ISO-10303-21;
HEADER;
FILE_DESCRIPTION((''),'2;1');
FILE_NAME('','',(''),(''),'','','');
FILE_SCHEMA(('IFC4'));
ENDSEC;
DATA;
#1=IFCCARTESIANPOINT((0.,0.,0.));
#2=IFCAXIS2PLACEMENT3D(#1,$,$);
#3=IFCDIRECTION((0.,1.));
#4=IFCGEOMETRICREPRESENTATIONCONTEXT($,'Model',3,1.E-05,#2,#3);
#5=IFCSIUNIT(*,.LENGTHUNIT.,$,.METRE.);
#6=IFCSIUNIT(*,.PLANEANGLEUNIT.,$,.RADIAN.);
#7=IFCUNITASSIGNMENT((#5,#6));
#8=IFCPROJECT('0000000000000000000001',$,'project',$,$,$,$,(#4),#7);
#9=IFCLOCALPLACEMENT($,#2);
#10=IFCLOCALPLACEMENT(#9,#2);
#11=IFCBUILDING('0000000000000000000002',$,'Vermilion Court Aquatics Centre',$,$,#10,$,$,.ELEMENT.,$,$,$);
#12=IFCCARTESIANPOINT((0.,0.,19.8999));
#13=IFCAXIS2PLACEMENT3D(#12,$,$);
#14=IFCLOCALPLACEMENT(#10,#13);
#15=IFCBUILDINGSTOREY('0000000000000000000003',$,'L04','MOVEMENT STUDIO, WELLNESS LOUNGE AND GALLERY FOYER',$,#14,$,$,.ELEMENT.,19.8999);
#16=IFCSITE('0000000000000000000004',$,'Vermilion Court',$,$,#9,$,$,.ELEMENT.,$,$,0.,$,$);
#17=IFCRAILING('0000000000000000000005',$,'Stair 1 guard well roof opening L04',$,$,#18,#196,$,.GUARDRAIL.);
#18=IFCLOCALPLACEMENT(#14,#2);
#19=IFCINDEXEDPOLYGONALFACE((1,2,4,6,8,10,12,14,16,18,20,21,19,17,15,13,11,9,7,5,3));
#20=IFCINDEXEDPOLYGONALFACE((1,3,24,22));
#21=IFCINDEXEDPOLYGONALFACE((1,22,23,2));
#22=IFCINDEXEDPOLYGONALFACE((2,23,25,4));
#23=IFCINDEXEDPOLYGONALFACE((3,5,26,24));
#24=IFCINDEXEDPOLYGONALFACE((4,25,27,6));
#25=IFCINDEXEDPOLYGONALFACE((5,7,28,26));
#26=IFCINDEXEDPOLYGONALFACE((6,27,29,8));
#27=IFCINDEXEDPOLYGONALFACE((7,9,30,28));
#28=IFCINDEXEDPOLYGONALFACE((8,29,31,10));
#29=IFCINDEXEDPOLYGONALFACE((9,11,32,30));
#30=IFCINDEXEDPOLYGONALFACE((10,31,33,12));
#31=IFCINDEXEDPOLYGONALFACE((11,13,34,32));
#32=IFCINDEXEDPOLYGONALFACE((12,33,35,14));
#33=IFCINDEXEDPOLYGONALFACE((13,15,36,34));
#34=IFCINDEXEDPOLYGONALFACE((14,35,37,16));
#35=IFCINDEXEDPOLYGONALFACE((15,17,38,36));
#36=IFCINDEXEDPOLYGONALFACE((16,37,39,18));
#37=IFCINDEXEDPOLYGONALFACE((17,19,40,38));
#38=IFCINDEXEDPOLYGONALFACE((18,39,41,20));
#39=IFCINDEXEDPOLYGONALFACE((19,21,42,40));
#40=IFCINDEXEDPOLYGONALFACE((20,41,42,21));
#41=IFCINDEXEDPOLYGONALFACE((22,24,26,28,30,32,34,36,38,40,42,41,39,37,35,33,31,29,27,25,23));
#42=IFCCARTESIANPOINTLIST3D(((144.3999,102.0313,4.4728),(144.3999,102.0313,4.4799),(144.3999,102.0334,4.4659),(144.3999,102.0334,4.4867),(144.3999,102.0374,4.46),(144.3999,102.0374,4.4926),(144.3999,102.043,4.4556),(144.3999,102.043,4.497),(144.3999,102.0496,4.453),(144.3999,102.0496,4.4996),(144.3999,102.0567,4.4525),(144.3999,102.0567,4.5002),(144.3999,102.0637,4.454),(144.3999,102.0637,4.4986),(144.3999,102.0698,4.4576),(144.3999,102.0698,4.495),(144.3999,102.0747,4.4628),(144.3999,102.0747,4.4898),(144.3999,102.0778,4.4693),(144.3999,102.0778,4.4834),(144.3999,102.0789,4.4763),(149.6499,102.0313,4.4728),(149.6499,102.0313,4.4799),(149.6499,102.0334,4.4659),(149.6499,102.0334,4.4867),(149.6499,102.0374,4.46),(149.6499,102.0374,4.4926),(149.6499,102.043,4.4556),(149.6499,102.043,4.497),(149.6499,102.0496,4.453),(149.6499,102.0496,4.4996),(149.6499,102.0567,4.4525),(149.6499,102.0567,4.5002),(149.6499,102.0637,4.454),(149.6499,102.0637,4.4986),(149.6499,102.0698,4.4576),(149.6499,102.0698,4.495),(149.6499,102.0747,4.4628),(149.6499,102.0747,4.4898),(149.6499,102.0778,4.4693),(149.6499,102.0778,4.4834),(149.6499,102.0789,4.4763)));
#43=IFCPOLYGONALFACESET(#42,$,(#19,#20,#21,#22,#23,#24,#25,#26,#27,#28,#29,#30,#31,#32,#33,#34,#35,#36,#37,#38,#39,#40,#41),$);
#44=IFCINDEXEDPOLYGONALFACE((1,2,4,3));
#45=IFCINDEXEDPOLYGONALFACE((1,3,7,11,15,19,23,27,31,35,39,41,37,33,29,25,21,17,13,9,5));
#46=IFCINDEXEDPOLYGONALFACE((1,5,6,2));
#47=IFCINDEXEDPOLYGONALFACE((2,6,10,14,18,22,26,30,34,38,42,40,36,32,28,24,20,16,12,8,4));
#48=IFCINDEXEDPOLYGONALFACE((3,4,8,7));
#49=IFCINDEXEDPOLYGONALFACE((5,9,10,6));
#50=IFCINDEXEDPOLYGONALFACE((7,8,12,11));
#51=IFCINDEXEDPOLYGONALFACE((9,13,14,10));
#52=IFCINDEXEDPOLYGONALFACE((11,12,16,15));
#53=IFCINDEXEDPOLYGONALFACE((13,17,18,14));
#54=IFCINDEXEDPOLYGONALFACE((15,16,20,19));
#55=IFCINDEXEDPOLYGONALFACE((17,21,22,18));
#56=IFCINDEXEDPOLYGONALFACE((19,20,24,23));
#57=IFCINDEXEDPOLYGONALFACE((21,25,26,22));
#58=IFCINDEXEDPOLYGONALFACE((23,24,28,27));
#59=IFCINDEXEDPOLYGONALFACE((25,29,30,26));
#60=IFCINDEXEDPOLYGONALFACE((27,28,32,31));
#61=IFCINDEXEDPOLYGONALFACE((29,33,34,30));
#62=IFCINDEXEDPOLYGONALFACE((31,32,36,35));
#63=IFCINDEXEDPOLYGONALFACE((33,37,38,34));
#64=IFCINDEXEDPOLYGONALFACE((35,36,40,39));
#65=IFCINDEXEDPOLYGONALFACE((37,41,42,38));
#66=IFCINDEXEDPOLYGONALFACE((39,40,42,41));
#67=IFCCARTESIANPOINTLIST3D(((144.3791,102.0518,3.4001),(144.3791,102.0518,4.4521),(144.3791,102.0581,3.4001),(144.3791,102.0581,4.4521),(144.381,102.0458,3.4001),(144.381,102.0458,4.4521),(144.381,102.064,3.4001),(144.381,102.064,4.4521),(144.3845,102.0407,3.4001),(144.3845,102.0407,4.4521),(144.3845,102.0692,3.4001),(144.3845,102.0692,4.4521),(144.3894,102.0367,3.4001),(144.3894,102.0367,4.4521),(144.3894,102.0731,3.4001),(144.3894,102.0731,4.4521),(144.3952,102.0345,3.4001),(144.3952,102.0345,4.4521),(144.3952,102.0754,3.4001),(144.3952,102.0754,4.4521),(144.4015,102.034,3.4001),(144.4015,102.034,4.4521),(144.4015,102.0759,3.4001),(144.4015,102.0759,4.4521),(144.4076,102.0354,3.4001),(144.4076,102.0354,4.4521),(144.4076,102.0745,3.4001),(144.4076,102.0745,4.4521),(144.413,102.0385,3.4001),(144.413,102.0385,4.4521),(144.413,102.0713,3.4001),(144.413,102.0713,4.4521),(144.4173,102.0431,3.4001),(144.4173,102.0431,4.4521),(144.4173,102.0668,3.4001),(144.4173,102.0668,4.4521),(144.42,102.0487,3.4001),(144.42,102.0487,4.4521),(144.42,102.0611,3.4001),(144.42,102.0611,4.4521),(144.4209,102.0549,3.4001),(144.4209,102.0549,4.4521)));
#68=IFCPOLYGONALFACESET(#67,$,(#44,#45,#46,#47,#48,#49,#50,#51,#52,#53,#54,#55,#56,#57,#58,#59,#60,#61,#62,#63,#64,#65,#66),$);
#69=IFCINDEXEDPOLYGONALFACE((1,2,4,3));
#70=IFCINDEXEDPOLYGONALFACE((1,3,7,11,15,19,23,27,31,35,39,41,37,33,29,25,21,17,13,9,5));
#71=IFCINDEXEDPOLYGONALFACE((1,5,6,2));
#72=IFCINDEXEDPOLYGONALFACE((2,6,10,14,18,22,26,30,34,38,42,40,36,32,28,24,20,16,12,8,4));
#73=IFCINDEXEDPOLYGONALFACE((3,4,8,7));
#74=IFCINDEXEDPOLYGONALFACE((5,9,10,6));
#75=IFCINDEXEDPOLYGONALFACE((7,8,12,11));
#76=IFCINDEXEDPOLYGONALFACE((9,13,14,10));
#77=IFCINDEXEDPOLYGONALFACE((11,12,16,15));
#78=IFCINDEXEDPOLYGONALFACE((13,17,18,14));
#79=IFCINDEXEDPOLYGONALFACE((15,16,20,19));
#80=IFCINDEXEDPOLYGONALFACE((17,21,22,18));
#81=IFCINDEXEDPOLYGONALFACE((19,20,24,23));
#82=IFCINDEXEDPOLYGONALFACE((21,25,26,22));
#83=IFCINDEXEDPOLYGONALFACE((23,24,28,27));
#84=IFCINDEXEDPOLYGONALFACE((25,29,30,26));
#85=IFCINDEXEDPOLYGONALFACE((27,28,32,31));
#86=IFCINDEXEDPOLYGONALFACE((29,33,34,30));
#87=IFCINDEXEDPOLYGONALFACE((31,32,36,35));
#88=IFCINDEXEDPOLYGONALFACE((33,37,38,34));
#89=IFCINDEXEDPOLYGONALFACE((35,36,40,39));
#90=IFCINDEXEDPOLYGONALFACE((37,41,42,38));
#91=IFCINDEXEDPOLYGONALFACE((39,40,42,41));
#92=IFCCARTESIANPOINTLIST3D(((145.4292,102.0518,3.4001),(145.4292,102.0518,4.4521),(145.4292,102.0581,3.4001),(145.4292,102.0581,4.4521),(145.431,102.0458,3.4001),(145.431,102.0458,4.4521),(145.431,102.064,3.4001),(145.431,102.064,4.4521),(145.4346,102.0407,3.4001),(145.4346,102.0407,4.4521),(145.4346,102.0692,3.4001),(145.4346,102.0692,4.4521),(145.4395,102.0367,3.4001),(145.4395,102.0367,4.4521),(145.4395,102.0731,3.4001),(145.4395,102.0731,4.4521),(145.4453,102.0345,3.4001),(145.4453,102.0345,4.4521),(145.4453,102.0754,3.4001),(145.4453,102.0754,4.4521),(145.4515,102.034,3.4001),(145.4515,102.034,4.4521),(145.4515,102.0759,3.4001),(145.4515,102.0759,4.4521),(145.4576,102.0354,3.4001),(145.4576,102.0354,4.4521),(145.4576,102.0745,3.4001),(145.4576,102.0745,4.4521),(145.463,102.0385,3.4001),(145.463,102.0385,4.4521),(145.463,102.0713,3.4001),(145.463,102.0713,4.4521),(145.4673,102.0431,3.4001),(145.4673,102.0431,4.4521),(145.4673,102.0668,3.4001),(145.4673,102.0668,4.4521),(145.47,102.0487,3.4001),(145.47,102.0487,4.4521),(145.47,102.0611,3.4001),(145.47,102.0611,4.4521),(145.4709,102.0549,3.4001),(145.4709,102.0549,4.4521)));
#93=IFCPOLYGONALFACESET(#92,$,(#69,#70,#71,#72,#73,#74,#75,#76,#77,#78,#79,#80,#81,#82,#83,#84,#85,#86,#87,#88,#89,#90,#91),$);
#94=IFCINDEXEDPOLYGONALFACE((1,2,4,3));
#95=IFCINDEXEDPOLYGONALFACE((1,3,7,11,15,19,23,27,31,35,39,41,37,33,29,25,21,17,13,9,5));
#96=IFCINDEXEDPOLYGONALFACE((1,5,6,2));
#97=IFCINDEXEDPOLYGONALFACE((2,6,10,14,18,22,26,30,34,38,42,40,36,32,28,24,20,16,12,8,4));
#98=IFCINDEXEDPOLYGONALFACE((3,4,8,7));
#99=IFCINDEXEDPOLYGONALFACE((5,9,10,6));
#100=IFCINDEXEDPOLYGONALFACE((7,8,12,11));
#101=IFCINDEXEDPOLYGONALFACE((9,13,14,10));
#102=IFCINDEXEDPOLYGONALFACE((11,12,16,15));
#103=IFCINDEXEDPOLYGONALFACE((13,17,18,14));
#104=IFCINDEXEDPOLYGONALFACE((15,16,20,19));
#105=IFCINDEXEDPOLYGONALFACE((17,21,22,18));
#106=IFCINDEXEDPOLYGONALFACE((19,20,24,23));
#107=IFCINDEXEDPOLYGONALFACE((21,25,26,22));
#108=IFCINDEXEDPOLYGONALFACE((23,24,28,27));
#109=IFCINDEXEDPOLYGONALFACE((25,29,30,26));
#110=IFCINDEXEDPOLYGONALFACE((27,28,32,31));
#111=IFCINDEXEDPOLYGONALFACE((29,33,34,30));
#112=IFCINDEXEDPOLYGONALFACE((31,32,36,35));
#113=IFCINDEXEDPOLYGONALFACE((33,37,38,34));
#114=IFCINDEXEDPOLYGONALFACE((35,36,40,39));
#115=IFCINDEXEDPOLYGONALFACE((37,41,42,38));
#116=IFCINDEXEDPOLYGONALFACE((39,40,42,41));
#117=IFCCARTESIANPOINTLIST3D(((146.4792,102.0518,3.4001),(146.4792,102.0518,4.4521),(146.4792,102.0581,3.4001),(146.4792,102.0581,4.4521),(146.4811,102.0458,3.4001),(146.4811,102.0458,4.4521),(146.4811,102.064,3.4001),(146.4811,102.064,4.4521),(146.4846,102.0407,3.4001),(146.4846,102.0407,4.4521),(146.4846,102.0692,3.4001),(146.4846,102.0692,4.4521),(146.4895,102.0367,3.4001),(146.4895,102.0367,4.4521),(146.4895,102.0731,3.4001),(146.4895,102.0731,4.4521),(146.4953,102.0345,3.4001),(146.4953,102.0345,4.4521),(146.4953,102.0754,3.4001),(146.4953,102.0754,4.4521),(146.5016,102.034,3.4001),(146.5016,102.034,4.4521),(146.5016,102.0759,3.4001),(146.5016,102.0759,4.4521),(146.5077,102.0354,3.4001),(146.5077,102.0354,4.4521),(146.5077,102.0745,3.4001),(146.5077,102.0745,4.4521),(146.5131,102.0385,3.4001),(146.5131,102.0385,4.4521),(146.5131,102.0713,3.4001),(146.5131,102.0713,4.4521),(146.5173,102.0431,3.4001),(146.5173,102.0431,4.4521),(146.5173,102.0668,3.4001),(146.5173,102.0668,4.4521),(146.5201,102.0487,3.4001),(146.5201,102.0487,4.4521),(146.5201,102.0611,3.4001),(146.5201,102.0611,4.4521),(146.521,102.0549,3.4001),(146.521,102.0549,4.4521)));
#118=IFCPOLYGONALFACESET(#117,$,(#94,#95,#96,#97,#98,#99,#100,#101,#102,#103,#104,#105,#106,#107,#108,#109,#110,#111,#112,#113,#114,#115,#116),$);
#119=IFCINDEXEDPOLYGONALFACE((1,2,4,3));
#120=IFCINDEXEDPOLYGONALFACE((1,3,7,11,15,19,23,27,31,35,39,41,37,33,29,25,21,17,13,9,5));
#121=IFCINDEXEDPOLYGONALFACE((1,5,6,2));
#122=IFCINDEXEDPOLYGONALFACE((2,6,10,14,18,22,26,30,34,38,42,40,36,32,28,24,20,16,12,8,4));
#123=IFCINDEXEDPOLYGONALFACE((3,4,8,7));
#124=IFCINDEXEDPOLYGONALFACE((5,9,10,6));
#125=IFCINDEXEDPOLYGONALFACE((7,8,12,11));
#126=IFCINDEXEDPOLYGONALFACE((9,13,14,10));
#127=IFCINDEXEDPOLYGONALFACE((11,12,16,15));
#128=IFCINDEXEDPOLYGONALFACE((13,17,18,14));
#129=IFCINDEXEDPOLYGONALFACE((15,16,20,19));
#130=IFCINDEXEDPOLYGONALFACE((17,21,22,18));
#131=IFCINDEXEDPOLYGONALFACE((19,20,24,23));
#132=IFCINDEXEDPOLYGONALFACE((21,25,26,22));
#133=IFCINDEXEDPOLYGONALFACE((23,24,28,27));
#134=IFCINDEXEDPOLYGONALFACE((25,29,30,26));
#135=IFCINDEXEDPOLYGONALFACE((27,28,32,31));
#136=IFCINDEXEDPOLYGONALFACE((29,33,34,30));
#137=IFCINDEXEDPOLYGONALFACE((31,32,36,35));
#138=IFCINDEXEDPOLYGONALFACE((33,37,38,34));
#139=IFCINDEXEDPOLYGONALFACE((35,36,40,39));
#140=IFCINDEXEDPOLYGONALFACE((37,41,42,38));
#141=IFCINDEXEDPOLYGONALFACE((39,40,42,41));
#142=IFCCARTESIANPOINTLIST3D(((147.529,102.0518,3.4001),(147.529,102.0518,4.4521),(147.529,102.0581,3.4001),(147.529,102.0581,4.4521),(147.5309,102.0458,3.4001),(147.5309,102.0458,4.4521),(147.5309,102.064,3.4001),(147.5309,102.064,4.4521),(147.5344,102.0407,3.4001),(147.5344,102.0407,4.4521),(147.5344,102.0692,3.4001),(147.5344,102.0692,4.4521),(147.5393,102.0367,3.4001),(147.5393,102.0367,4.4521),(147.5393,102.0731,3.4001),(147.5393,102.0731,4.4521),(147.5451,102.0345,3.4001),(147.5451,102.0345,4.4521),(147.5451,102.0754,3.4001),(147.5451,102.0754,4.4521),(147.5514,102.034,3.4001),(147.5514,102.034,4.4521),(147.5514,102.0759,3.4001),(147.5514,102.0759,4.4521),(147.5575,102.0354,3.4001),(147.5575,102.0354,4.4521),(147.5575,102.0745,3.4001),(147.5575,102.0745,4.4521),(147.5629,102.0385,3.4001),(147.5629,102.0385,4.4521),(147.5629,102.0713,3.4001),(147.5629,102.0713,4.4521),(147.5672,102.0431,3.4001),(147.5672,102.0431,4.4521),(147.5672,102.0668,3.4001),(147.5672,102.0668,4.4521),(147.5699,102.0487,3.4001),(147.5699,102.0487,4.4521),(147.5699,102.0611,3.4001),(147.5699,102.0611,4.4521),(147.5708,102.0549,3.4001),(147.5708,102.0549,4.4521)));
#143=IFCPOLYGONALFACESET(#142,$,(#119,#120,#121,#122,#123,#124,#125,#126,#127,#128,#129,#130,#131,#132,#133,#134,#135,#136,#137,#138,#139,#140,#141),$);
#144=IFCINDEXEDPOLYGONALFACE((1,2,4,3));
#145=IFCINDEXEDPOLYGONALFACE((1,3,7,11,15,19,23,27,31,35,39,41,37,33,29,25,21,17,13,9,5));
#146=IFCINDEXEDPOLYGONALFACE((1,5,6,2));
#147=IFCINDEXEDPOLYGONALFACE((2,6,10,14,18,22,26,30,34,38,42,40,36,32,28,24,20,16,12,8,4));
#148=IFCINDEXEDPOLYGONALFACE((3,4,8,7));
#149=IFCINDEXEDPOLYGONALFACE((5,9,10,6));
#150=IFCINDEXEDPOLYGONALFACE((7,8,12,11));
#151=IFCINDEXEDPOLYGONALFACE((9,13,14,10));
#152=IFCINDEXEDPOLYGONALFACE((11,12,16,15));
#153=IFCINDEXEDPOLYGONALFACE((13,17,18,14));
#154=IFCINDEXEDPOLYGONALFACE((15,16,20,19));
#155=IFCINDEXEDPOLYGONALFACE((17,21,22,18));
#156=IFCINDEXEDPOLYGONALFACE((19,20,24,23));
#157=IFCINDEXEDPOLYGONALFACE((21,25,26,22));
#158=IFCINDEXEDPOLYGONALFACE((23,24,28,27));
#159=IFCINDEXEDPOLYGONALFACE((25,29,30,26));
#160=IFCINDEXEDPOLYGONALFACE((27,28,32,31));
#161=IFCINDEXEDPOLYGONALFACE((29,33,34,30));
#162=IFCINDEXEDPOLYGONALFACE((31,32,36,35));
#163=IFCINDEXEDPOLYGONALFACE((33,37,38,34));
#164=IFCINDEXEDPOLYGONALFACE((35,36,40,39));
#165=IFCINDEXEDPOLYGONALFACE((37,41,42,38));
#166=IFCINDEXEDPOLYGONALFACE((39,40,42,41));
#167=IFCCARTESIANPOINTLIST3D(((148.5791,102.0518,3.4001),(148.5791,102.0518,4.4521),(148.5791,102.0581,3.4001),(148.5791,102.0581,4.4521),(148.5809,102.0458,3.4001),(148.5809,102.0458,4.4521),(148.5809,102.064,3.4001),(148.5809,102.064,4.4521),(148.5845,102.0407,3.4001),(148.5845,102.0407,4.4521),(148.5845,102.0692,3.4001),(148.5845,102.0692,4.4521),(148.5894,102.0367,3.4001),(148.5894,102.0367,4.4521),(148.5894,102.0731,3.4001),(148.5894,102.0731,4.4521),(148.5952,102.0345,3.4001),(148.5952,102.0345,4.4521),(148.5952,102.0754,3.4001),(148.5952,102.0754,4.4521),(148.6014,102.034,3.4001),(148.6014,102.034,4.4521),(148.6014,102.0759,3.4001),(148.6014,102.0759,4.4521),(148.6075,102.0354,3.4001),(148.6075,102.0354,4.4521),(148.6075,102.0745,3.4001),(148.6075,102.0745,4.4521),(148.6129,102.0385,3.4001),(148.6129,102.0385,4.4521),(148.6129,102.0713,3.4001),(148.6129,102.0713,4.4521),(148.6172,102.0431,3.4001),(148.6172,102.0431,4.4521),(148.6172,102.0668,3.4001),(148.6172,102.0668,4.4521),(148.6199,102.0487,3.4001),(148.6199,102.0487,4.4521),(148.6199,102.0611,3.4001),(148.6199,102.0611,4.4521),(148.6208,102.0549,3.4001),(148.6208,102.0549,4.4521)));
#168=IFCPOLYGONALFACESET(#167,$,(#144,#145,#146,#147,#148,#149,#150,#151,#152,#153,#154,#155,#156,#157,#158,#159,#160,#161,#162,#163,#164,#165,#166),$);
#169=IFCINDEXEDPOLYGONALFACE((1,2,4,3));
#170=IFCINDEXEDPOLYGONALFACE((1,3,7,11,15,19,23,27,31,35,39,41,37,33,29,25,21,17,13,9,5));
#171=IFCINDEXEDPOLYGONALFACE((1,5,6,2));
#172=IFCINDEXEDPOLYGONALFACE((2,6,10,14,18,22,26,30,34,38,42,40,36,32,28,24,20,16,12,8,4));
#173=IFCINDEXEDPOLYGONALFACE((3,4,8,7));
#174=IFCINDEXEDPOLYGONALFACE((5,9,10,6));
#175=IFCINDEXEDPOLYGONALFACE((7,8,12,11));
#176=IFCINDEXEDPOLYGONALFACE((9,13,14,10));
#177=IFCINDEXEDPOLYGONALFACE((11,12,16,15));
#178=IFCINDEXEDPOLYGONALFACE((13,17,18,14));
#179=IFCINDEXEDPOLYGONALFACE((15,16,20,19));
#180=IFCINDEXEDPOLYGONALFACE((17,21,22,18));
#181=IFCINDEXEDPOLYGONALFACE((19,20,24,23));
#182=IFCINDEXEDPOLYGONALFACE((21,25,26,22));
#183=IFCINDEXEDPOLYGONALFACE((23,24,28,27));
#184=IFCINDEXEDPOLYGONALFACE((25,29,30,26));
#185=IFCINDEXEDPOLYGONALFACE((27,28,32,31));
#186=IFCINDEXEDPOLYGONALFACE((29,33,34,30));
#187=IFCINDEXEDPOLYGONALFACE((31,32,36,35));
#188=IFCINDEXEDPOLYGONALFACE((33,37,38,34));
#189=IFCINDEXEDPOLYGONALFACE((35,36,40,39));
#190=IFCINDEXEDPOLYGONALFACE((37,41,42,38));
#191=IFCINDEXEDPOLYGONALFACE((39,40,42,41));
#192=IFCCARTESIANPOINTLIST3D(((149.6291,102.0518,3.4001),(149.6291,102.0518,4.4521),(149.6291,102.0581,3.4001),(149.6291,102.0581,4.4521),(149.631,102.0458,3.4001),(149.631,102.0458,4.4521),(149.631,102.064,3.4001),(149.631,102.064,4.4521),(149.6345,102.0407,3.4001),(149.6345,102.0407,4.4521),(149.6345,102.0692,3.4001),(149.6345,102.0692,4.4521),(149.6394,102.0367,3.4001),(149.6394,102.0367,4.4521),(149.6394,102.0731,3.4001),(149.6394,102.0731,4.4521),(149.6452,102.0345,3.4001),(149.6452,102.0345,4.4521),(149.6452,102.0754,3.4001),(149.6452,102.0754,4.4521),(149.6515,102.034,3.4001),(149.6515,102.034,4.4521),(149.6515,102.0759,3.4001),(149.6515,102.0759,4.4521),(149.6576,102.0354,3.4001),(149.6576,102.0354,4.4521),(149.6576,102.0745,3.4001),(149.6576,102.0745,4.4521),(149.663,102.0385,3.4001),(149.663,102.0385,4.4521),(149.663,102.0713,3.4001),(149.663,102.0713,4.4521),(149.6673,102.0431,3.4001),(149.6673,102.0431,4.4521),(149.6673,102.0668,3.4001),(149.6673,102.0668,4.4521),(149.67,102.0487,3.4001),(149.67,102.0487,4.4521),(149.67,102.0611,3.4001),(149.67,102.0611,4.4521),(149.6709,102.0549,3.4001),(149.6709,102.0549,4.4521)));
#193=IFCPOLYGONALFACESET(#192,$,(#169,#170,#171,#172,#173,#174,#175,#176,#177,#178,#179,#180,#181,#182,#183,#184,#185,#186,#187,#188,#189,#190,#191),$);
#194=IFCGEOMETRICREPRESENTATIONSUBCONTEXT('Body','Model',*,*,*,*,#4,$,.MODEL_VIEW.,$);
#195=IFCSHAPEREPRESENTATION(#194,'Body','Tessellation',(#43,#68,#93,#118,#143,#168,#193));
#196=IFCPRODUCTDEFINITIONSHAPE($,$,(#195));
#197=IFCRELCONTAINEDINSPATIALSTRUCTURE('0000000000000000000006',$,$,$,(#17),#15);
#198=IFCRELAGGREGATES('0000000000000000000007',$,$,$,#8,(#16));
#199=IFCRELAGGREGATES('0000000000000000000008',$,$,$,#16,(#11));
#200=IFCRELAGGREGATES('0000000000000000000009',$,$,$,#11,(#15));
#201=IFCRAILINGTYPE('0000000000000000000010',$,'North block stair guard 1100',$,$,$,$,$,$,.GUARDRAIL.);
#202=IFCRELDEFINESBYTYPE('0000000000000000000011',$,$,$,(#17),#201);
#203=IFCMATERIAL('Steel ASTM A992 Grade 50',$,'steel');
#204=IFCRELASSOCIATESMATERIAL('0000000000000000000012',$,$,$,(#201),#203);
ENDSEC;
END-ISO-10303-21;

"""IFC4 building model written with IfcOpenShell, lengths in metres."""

from ifc_helpers import new_model, si_unit, direction, frame, origin, origin_2d, place, context, subcontext, project, spatial, circle, extrude, material, type_object, element, save


model = new_model("IFC4")

# Units and contexts
model_context = context("Model", 3, precision=1e-05, world=origin(), true_north=direction((0.0, 1.0)))
body_context = subcontext(model_context, "Body", "Model", "MODEL_VIEW")
ifc_project = project(units=[si_unit("LENGTHUNIT", "METRE"), si_unit("PLANEANGLEUNIT", "RADIAN")], contexts=[model_context])

# Site, building, storey
site_placement = place(None, origin())
site = spatial("IfcSite", under=ifc_project, at=site_placement, Name="Vermilion Court", CompositionType="ELEMENT", RefElevation=0.0)
building_placement = place(site_placement, origin())
building = spatial("IfcBuilding", under=site, at=building_placement, Name="Vermilion Court Aquatics Centre", CompositionType="ELEMENT")
storey_placement = place(building_placement, frame((0.0, 0.0, 19.8999)))
storey = spatial("IfcBuildingStorey", under=building, at=storey_placement, Name="L04", Description="MOVEMENT STUDIO, WELLNESS LOUNGE AND GALLERY FOYER", CompositionType="ELEMENT", Elevation=19.8999)

# Railing
ifc_material_1 = material(Name="Steel ASTM A992 Grade 50", Category="steel")
railing_type_1 = type_object("IfcRailingType", Name="North block stair guard 1100", PredefinedType="GUARDRAIL", material=ifc_material_1)
railing_1_placement = place(storey_placement, frame((144.3999, 102.0549, 3.4001)))
element("IfcRailing", 1, at=railing_1_placement, inside=storey, type_object=railing_type_1, Name="Stair 1 guard well roof opening L04", PredefinedType="GUARDRAIL", context=body_context, shape_type="SweptSolid", body=[
    extrude(circle(Radius=0.0239, at=origin_2d()), frame((0.0, 0.0, 1.0762), z_axis=(1.0, 0.0, 0.0), x_axis=(0.0, 1.0, 0.0)), (0.0, 0.0, 1.0), 5.25),
    extrude(circle(Radius=0.021, at=origin_2d()), origin(), (0.0, 0.0, 1.0), 1.052),
    extrude(circle(Radius=0.021, at=origin_2d()), frame((1.05, 0.0, 0.0)), (0.0, 0.0, 1.0), 1.052),
    extrude(circle(Radius=0.021, at=origin_2d()), frame((2.1001, 0.0, 0.0)), (0.0, 0.0, 1.0), 1.052),
    extrude(circle(Radius=0.021, at=origin_2d()), frame((3.1499, 0.0, 0.0)), (0.0, 0.0, 1.0), 1.052),
    extrude(circle(Radius=0.021, at=origin_2d()), frame((4.2, 0.0, 0.0)), (0.0, 0.0, 1.0), 1.052),
    extrude(circle(Radius=0.021, at=origin_2d()), frame((5.25, 0.0, 0.0)), (0.0, 0.0, 1.0), 1.052),
])

save(model, "model.ifc")
